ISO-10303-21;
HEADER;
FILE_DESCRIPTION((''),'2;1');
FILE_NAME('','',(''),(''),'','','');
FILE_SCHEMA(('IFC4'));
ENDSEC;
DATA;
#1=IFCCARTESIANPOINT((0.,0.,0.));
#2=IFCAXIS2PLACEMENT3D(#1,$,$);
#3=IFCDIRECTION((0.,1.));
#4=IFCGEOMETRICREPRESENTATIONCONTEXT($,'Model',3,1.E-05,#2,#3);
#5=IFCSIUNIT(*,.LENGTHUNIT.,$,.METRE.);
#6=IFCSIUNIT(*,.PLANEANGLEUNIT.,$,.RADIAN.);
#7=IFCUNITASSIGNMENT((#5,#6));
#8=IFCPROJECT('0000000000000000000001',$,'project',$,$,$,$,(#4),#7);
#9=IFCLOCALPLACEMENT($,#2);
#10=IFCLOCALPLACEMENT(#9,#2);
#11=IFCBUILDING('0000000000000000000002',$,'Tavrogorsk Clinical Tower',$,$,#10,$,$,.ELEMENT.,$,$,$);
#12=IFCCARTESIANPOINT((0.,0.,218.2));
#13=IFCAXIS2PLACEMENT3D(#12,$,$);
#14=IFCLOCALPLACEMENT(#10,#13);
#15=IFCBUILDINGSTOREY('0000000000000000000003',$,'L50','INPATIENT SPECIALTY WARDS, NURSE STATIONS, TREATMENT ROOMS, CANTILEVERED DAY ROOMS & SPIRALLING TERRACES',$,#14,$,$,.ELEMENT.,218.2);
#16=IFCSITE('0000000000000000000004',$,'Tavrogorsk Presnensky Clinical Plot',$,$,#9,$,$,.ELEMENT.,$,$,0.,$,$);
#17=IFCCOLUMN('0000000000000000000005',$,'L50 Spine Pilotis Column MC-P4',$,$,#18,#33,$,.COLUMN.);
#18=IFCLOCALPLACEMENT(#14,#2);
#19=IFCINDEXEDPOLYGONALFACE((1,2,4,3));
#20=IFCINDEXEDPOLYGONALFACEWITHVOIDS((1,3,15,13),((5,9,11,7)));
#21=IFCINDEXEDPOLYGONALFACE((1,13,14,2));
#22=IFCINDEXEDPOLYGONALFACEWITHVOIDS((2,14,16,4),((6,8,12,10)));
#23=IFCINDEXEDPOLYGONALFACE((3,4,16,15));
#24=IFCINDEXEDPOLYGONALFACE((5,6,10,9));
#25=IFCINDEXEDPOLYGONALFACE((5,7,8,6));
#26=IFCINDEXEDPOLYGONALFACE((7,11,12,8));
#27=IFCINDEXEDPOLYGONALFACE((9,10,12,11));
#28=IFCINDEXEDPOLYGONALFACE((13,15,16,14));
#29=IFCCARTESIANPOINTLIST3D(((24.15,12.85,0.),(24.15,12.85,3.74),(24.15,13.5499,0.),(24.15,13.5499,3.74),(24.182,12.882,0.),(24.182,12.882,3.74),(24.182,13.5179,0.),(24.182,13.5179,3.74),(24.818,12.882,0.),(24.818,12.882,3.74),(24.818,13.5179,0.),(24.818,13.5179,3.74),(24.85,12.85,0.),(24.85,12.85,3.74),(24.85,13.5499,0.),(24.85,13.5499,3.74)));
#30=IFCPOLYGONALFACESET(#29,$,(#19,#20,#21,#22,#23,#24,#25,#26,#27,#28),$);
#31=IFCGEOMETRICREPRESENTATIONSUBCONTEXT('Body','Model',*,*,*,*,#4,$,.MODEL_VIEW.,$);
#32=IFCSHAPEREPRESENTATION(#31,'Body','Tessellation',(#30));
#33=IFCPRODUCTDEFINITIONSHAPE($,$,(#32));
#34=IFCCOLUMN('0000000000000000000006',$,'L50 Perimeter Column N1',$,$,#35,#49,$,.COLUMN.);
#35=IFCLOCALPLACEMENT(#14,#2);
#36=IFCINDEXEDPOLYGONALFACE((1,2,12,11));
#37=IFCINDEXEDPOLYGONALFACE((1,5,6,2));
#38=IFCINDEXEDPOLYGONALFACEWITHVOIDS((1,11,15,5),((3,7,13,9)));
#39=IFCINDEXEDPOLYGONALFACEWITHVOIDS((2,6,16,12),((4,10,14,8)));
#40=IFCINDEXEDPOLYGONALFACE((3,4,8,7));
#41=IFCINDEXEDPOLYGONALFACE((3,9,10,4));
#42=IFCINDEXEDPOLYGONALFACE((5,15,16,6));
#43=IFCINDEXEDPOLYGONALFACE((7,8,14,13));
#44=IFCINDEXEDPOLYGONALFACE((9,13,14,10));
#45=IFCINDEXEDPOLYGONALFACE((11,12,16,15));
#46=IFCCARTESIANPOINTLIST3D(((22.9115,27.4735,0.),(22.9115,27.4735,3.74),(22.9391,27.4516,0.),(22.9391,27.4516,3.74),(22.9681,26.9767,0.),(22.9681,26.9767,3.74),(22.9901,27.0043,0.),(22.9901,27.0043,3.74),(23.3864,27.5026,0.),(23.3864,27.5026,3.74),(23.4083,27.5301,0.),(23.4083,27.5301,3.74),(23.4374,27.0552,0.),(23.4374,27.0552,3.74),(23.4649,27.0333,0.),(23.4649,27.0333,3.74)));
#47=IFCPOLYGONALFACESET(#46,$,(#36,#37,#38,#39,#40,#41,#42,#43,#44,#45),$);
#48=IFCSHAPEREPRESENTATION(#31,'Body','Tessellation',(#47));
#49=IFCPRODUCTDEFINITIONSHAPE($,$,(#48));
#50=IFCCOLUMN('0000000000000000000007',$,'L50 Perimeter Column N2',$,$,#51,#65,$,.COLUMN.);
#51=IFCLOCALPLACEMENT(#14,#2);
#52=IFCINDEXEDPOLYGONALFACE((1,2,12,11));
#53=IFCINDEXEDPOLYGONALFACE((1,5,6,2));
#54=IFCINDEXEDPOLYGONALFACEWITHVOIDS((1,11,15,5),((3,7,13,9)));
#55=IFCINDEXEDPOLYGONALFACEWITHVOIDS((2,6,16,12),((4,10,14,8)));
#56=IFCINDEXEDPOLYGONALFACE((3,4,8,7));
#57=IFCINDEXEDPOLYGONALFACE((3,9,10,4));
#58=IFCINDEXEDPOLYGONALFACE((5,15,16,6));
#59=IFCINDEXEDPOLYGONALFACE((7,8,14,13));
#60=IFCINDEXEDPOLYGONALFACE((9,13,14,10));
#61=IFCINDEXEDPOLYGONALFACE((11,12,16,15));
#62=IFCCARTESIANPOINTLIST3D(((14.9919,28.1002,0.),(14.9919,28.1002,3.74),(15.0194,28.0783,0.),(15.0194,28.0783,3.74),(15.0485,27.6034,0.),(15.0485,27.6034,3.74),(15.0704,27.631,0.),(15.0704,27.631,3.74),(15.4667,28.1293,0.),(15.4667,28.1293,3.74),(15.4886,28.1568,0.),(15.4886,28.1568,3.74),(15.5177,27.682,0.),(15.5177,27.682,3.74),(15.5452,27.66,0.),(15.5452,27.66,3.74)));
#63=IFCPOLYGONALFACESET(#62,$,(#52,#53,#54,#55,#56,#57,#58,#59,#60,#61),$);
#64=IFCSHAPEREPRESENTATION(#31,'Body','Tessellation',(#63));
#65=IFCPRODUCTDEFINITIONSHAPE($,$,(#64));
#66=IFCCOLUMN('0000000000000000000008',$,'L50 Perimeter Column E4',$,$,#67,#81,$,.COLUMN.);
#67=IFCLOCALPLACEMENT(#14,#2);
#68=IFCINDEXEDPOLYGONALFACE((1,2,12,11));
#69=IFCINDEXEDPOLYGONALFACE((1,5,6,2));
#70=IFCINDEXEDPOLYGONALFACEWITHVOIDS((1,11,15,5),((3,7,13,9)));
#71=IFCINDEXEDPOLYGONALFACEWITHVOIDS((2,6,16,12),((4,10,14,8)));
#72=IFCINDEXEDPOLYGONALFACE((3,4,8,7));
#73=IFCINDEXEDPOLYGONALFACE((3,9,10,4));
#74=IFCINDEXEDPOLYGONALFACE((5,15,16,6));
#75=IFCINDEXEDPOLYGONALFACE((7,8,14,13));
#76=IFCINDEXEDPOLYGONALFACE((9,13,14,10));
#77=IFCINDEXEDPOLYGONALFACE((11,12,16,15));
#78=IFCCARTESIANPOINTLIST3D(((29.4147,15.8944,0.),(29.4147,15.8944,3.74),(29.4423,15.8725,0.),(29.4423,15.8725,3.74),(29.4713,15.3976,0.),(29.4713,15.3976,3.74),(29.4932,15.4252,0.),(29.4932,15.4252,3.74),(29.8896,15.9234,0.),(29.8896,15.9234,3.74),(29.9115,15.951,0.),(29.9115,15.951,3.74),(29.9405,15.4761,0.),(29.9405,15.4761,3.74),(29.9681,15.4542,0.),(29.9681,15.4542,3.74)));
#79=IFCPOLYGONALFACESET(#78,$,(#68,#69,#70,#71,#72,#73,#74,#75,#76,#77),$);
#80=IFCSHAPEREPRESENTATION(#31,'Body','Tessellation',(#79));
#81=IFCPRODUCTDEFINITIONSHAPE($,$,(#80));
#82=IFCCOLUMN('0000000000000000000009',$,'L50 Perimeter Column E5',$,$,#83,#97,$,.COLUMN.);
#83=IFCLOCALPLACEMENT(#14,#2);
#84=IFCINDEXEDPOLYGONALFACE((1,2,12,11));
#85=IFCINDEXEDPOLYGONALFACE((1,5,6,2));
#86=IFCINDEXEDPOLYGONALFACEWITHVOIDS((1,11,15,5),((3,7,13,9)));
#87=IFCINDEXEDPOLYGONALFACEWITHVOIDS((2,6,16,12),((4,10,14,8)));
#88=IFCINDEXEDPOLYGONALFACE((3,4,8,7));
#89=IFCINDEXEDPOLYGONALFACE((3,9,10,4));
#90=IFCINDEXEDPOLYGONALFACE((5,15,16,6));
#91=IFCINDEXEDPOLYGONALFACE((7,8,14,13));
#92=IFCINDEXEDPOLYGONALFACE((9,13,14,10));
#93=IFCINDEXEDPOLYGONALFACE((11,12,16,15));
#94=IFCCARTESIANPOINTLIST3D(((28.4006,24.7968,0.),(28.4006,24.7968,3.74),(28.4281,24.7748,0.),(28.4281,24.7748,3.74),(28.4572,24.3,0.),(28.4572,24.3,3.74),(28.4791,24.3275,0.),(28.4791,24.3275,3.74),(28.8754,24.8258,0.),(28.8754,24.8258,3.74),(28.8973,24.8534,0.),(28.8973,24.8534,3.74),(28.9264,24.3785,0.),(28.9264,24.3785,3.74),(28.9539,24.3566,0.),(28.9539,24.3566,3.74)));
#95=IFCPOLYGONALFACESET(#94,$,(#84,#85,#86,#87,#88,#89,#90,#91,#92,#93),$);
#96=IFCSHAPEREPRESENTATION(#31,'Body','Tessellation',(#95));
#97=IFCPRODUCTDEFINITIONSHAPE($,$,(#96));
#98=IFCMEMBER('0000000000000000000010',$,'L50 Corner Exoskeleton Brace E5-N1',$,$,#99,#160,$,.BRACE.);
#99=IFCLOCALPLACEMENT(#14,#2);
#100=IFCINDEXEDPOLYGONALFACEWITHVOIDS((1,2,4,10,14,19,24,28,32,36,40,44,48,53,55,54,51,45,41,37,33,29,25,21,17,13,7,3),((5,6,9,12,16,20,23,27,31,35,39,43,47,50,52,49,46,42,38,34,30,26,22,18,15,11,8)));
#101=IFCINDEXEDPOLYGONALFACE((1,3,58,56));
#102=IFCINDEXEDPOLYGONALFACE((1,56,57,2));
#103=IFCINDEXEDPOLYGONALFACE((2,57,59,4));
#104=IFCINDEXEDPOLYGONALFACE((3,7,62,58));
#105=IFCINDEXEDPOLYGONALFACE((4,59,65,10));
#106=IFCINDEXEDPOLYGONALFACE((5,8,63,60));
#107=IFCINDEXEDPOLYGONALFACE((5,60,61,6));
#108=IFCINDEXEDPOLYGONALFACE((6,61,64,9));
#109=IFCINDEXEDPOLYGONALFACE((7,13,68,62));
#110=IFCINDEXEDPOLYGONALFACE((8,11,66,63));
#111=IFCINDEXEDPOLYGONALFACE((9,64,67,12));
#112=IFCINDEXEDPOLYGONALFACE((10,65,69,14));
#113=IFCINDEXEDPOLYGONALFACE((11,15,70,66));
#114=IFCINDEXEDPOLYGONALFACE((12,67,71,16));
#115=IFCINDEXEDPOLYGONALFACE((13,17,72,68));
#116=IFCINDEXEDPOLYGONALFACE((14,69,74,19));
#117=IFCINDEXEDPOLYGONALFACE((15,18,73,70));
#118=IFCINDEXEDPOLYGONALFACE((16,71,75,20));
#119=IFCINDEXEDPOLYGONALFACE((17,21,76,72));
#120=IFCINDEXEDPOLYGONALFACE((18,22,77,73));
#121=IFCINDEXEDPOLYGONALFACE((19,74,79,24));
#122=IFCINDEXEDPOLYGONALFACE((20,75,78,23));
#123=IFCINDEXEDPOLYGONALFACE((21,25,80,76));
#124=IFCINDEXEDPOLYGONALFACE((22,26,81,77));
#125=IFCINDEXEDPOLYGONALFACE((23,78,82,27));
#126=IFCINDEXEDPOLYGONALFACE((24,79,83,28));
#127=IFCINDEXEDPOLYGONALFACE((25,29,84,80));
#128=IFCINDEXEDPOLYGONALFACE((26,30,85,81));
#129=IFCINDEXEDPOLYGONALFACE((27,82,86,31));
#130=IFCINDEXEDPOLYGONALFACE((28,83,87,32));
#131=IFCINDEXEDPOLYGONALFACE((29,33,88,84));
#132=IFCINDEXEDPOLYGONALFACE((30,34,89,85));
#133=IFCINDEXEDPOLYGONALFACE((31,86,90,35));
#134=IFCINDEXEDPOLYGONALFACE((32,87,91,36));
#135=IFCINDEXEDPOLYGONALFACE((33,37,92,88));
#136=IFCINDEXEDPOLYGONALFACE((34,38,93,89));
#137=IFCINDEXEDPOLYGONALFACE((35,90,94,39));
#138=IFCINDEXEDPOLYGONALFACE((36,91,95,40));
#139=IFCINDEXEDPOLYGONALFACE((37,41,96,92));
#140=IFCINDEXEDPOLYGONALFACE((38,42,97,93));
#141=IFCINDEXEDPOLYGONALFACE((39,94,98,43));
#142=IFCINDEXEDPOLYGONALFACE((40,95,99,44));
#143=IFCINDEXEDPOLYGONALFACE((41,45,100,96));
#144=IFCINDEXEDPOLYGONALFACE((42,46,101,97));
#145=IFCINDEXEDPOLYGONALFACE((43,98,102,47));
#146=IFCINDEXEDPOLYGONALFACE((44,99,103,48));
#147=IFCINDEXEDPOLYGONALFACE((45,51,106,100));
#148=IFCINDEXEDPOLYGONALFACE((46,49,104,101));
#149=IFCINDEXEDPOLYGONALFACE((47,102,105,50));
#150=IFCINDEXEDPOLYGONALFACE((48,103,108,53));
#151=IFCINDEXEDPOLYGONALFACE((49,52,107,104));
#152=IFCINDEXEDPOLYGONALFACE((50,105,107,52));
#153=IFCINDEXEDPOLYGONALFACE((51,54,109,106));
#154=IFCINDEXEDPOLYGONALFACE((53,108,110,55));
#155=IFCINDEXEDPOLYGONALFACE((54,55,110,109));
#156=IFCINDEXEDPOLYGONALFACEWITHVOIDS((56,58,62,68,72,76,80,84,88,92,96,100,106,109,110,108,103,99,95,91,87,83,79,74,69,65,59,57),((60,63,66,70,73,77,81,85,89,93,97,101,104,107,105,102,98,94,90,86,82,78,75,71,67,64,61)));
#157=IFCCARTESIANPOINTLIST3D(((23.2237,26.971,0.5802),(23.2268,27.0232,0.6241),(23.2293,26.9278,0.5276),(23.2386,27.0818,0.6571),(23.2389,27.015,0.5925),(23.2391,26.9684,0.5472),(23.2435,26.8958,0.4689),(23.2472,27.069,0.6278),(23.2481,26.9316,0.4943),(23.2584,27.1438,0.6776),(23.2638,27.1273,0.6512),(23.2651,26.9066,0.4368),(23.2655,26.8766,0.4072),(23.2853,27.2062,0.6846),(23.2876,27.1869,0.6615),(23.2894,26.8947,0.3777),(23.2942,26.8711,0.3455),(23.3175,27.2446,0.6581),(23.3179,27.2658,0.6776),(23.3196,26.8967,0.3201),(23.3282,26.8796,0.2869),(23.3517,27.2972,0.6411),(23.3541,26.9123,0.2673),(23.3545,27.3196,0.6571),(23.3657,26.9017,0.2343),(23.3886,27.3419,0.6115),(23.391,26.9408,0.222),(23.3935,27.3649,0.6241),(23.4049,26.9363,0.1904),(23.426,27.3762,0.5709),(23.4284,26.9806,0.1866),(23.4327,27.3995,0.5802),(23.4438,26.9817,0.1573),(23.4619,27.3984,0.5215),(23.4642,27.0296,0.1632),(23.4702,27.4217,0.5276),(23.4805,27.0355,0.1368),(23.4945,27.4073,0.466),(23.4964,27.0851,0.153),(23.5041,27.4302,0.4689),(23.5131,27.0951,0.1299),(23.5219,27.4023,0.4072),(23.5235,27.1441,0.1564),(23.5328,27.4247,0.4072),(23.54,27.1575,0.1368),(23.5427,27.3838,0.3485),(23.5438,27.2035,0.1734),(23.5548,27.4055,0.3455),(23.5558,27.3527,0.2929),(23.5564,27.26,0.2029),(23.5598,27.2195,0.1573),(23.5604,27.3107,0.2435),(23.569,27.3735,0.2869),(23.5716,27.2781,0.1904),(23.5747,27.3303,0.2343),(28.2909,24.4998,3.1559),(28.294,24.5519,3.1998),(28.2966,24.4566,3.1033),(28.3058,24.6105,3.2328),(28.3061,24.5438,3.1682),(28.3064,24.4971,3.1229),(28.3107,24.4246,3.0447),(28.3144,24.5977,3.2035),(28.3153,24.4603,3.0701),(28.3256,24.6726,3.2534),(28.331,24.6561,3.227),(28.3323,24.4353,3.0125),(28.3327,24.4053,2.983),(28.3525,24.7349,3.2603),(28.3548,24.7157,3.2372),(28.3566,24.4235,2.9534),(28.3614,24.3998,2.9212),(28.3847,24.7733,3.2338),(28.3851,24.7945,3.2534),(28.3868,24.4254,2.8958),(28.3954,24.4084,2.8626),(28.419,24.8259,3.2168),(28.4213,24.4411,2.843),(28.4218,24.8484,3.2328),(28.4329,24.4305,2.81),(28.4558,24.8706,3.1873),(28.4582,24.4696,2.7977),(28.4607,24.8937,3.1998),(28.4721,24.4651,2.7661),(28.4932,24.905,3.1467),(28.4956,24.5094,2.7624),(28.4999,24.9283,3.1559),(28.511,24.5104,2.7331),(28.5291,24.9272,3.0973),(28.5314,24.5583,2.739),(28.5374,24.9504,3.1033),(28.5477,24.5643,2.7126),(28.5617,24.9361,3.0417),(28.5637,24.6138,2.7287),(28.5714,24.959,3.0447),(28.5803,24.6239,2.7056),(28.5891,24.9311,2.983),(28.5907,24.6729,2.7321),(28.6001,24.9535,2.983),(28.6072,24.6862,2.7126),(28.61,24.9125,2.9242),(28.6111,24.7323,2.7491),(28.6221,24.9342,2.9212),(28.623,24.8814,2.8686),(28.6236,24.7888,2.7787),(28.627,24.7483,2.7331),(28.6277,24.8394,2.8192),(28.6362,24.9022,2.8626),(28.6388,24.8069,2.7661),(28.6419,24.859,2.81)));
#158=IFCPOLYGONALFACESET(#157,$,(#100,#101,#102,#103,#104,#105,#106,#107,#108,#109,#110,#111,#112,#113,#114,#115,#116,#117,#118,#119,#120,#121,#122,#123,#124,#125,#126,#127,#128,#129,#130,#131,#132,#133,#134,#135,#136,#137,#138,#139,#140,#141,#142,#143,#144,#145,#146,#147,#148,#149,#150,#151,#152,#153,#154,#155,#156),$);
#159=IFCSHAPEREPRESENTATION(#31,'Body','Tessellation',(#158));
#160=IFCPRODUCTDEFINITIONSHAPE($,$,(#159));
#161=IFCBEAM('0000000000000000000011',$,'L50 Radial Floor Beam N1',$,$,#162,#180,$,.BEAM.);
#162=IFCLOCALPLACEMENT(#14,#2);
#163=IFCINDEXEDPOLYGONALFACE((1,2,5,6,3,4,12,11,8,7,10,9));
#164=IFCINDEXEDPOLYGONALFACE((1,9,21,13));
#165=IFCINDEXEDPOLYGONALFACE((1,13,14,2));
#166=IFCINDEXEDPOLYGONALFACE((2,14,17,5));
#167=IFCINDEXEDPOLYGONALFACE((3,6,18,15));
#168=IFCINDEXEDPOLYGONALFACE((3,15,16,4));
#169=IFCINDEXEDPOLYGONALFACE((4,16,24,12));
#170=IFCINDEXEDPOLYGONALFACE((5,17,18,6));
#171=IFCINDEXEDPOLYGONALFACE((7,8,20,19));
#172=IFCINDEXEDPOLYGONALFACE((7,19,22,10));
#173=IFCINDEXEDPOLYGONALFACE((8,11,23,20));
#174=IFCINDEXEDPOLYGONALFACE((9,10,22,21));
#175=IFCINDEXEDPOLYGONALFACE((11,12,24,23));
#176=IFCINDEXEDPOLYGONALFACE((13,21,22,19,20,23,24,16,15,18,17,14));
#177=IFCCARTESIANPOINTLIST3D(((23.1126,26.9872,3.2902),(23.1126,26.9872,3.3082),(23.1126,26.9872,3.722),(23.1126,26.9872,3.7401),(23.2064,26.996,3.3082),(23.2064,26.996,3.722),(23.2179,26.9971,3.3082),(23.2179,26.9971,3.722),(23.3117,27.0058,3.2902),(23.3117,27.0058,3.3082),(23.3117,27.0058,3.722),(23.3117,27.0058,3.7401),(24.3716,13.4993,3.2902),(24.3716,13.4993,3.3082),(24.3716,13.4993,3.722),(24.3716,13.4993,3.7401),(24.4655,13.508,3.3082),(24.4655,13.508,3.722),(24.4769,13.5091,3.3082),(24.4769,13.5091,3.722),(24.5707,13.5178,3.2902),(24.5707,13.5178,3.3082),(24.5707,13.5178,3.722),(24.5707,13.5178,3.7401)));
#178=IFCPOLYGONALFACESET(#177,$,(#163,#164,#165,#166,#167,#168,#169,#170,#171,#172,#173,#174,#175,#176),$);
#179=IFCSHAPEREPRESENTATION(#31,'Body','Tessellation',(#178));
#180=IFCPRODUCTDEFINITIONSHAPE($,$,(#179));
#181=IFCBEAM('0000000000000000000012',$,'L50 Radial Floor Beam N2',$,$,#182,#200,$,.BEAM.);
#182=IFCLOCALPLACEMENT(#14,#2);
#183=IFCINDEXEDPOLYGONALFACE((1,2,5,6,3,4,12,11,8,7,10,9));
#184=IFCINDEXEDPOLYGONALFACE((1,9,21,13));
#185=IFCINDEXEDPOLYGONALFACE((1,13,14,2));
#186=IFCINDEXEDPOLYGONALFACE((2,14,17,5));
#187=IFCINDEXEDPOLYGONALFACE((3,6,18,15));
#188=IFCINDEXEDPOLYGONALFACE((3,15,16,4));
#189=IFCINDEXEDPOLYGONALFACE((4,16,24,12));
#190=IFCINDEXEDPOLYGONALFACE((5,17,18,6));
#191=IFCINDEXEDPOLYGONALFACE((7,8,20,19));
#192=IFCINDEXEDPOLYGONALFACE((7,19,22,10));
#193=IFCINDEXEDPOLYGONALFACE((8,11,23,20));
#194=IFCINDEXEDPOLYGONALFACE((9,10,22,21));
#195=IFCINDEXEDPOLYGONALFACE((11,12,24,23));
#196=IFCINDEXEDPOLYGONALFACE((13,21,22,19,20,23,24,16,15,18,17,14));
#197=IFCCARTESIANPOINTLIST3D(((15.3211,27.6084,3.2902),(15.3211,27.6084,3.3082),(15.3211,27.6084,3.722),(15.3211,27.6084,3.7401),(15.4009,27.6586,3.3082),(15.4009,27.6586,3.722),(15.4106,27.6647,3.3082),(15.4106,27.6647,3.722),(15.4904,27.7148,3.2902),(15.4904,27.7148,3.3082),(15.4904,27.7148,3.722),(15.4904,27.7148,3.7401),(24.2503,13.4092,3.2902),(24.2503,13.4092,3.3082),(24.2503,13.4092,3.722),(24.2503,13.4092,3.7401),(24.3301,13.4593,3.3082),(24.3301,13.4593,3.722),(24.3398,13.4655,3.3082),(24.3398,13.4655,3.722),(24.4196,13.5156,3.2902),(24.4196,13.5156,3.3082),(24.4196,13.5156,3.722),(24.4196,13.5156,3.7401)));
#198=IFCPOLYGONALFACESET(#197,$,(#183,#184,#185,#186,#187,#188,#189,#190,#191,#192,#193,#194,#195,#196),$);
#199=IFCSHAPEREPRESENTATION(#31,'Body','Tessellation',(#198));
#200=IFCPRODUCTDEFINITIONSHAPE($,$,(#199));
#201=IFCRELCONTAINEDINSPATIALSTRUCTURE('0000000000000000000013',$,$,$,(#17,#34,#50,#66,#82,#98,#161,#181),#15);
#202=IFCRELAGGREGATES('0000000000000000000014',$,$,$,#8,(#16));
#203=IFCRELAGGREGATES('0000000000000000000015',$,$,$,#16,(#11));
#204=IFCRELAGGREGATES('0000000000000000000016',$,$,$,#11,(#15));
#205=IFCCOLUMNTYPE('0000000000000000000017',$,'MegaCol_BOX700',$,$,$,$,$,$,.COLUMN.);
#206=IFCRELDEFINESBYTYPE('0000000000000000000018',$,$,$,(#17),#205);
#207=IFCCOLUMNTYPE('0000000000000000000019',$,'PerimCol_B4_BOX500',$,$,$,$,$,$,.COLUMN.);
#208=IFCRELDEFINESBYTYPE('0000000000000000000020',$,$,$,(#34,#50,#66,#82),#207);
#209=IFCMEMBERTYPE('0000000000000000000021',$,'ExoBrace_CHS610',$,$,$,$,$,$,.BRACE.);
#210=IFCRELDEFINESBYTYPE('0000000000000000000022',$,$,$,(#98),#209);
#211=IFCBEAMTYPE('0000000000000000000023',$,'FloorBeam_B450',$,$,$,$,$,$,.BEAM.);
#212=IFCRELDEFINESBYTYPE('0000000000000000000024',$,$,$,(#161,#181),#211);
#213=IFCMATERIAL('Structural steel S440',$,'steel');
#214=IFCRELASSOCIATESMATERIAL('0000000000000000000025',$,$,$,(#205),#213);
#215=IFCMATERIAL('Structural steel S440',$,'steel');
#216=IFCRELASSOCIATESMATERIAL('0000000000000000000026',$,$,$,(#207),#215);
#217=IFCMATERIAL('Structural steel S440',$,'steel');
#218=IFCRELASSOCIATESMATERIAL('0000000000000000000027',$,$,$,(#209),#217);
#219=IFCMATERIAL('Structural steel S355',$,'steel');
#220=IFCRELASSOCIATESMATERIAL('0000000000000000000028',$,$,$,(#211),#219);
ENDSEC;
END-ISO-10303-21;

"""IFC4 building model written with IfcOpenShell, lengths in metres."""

from ifc_helpers import new_model, si_unit, direction, frame, origin, origin_2d, place, context, subcontext, project, spatial, hollow_rectangle, hollow_circle, i_section, extrude, material, material_profile, profile_set, type_object, element, save


model = new_model("IFC4")

# Units and contexts
model_context = context("Model", 3, precision=1e-05, world=origin(), true_north=direction((0.0, 1.0)))
body_context = subcontext(model_context, "Body", "Model", "MODEL_VIEW")
ifc_project = project(units=[si_unit("LENGTHUNIT", "METRE"), si_unit("PLANEANGLEUNIT", "RADIAN")], contexts=[model_context])

# Site, building, storey
site_placement = place(None, origin())
site = spatial("IfcSite", under=ifc_project, at=site_placement, Name="Tavrogorsk Presnensky Clinical Plot", CompositionType="ELEMENT", RefElevation=0.0)
building_placement = place(site_placement, origin())
building = spatial("IfcBuilding", under=site, at=building_placement, Name="Tavrogorsk Clinical Tower", CompositionType="ELEMENT")
storey_placement = place(building_placement, frame((0.0, 0.0, 218.2)))
storey = spatial("IfcBuildingStorey", under=building, at=storey_placement, Name="L50", Description="INPATIENT SPECIALTY WARDS, NURSE STATIONS, TREATMENT ROOMS, CANTILEVERED DAY ROOMS & SPIRALLING TERRACES", CompositionType="ELEMENT", Elevation=218.2)

# Columns
ifc_material_1 = material(Name="Structural steel S440", Category="steel")
ifc_material_profile_1 = material_profile(ifc_material_1, hollow_rectangle(XDim=0.7, YDim=0.7, WallThickness=0.032, at=origin_2d()), Name="BOX-700x700x32")
ifc_profile_set_1 = profile_set([ifc_material_profile_1], Name="Structural steel S440")
column_type_1 = type_object("IfcColumnType", Name="MegaCol_BOX700", PredefinedType="COLUMN", material=ifc_profile_set_1)
column_placement = place(storey_placement, frame((24.5, 13.2, 0.0), z_axis=(0.0, 0.0, 1.0), x_axis=(1.0, 0.0, 0.0)))
element("IfcColumn", 1, at=column_placement, inside=storey, type_object=column_type_1, Name="L50 Spine Pilotis Column MC-P4", PredefinedType="COLUMN", context=body_context, shape_type="SweptSolid", body=[
    extrude(hollow_rectangle(XDim=0.7, YDim=0.7, WallThickness=0.032, at=origin_2d()), origin(), (0.0, 0.0, 1.0), 3.74),
])
ifc_material_2 = material(Name="Structural steel S440", Category="steel")
ifc_material_profile_2 = material_profile(ifc_material_2, hollow_rectangle(XDim=0.5, YDim=0.5, WallThickness=0.0249, at=origin_2d()), Name="BOX-500x500x25")
ifc_profile_set_2 = profile_set([ifc_material_profile_2], Name="Structural steel S440")
column_type_2 = type_object("IfcColumnType", Name="PerimCol_B4_BOX500", PredefinedType="COLUMN", material=ifc_profile_set_2)
for number, where, z_axis, x_axis, name in (
    (2, (23.1882, 27.2534, 0.0), (0.0, 0.0, 1.0), (0.993572, 0.113203, 0.0), "L50 Perimeter Column N1"),
    (3, (15.2686, 27.8801, 0.0), (0.0, 0.0, 1.0), (0.993572, 0.113203, 0.0), "L50 Perimeter Column N2"),
    (4, (29.6914, 15.6743, 0.0), (0.0, 0.0, 1.0), (0.993572, 0.113203, 0.0), "L50 Perimeter Column E4"),
    (5, (28.6772, 24.5767, 0.0), (0.0, 0.0, 1.0), (0.993572, 0.113203, 0.0), "L50 Perimeter Column E5"),
):
    element("IfcColumn", number, at=place(storey_placement, frame(where, z_axis=z_axis, x_axis=x_axis)), inside=storey, type_object=column_type_2, Name=name, PredefinedType="COLUMN", context=body_context, shape_type="SweptSolid", body=[
        extrude(hollow_rectangle(XDim=0.5, YDim=0.5, WallThickness=0.0249, at=origin_2d()), origin(), (0.0, 0.0, 1.0), 3.74),
    ])

# Member
ifc_material_3 = material(Name="Structural steel S440", Category="steel")
ifc_material_profile_3 = material_profile(ifc_material_3, hollow_circle(Radius=0.3049, WallThickness=0.0249, at=origin_2d()), Name="CHS-610x25")
ifc_profile_set_3 = profile_set([ifc_material_profile_3], Name="Structural steel S440")
member_type_1 = type_object("IfcMemberType", Name="ExoBrace_CHS610", PredefinedType="BRACE", material=ifc_profile_set_3)
member_placement = place(storey_placement, frame((23.3992, 27.1506, 0.4072), z_axis=(0.817527, -0.398699, 0.415558), x_axis=(0.43834, 0.898809, 0.0)))
element("IfcMember", 6, at=member_placement, inside=storey, type_object=member_type_1, Name="L50 Corner Exoskeleton Brace E5-N1", PredefinedType="BRACE", context=body_context, shape_type="SweptSolid", body=[
    extrude(hollow_circle(Radius=0.3049, WallThickness=0.0249, at=origin_2d()), origin(), (0.0, 0.0, 1.0), 6.1982),
])

# Beams
ifc_material_4 = material(Name="Structural steel S355", Category="steel")
ifc_material_profile_4 = material_profile(ifc_material_4, i_section(OverallWidth=0.2, OverallDepth=0.45, WebThickness=0.0115, FlangeThickness=0.0181, at=origin_2d()), Name="B-450x200x11.5x18")
ifc_profile_set_4 = profile_set([ifc_material_profile_4], Name="Structural steel S355")
beam_type_1 = type_object("IfcBeamType", Name="FloorBeam_B450", PredefinedType="BEAM", material=ifc_profile_set_4)
beam_1_placement = place(storey_placement, frame((24.4712, 13.5085, 3.5151), z_axis=(-0.09294, 0.995672, 0.0), x_axis=(-0.995672, -0.09294, 0.0)))
element("IfcBeam", 7, at=beam_1_placement, inside=storey, type_object=beam_type_1, Name="L50 Radial Floor Beam N1", PredefinedType="BEAM", context=body_context, shape_type="SweptSolid", body=[
    extrude(i_section(OverallWidth=0.2, OverallDepth=0.45, WebThickness=0.0115, FlangeThickness=0.0181, at=origin_2d()), origin(), (0.0, 0.0, 1.0), 13.5466),
])
beam_2_placement = place(storey_placement, frame((24.335, 13.4624, 3.5151), z_axis=(-0.532341, 0.84653, 0.0), x_axis=(-0.84653, -0.532341, 0.0)))
element("IfcBeam", 8, at=beam_2_placement, inside=storey, type_object=beam_type_1, Name="L50 Radial Floor Beam N2", PredefinedType="BEAM", context=body_context, shape_type="SweptSolid", body=[
    extrude(i_section(OverallWidth=0.2, OverallDepth=0.45, WebThickness=0.0115, FlangeThickness=0.0181, at=origin_2d()), origin(), (0.0, 0.0, 1.0), 16.7734),
])

save(model, "model.ifc")
